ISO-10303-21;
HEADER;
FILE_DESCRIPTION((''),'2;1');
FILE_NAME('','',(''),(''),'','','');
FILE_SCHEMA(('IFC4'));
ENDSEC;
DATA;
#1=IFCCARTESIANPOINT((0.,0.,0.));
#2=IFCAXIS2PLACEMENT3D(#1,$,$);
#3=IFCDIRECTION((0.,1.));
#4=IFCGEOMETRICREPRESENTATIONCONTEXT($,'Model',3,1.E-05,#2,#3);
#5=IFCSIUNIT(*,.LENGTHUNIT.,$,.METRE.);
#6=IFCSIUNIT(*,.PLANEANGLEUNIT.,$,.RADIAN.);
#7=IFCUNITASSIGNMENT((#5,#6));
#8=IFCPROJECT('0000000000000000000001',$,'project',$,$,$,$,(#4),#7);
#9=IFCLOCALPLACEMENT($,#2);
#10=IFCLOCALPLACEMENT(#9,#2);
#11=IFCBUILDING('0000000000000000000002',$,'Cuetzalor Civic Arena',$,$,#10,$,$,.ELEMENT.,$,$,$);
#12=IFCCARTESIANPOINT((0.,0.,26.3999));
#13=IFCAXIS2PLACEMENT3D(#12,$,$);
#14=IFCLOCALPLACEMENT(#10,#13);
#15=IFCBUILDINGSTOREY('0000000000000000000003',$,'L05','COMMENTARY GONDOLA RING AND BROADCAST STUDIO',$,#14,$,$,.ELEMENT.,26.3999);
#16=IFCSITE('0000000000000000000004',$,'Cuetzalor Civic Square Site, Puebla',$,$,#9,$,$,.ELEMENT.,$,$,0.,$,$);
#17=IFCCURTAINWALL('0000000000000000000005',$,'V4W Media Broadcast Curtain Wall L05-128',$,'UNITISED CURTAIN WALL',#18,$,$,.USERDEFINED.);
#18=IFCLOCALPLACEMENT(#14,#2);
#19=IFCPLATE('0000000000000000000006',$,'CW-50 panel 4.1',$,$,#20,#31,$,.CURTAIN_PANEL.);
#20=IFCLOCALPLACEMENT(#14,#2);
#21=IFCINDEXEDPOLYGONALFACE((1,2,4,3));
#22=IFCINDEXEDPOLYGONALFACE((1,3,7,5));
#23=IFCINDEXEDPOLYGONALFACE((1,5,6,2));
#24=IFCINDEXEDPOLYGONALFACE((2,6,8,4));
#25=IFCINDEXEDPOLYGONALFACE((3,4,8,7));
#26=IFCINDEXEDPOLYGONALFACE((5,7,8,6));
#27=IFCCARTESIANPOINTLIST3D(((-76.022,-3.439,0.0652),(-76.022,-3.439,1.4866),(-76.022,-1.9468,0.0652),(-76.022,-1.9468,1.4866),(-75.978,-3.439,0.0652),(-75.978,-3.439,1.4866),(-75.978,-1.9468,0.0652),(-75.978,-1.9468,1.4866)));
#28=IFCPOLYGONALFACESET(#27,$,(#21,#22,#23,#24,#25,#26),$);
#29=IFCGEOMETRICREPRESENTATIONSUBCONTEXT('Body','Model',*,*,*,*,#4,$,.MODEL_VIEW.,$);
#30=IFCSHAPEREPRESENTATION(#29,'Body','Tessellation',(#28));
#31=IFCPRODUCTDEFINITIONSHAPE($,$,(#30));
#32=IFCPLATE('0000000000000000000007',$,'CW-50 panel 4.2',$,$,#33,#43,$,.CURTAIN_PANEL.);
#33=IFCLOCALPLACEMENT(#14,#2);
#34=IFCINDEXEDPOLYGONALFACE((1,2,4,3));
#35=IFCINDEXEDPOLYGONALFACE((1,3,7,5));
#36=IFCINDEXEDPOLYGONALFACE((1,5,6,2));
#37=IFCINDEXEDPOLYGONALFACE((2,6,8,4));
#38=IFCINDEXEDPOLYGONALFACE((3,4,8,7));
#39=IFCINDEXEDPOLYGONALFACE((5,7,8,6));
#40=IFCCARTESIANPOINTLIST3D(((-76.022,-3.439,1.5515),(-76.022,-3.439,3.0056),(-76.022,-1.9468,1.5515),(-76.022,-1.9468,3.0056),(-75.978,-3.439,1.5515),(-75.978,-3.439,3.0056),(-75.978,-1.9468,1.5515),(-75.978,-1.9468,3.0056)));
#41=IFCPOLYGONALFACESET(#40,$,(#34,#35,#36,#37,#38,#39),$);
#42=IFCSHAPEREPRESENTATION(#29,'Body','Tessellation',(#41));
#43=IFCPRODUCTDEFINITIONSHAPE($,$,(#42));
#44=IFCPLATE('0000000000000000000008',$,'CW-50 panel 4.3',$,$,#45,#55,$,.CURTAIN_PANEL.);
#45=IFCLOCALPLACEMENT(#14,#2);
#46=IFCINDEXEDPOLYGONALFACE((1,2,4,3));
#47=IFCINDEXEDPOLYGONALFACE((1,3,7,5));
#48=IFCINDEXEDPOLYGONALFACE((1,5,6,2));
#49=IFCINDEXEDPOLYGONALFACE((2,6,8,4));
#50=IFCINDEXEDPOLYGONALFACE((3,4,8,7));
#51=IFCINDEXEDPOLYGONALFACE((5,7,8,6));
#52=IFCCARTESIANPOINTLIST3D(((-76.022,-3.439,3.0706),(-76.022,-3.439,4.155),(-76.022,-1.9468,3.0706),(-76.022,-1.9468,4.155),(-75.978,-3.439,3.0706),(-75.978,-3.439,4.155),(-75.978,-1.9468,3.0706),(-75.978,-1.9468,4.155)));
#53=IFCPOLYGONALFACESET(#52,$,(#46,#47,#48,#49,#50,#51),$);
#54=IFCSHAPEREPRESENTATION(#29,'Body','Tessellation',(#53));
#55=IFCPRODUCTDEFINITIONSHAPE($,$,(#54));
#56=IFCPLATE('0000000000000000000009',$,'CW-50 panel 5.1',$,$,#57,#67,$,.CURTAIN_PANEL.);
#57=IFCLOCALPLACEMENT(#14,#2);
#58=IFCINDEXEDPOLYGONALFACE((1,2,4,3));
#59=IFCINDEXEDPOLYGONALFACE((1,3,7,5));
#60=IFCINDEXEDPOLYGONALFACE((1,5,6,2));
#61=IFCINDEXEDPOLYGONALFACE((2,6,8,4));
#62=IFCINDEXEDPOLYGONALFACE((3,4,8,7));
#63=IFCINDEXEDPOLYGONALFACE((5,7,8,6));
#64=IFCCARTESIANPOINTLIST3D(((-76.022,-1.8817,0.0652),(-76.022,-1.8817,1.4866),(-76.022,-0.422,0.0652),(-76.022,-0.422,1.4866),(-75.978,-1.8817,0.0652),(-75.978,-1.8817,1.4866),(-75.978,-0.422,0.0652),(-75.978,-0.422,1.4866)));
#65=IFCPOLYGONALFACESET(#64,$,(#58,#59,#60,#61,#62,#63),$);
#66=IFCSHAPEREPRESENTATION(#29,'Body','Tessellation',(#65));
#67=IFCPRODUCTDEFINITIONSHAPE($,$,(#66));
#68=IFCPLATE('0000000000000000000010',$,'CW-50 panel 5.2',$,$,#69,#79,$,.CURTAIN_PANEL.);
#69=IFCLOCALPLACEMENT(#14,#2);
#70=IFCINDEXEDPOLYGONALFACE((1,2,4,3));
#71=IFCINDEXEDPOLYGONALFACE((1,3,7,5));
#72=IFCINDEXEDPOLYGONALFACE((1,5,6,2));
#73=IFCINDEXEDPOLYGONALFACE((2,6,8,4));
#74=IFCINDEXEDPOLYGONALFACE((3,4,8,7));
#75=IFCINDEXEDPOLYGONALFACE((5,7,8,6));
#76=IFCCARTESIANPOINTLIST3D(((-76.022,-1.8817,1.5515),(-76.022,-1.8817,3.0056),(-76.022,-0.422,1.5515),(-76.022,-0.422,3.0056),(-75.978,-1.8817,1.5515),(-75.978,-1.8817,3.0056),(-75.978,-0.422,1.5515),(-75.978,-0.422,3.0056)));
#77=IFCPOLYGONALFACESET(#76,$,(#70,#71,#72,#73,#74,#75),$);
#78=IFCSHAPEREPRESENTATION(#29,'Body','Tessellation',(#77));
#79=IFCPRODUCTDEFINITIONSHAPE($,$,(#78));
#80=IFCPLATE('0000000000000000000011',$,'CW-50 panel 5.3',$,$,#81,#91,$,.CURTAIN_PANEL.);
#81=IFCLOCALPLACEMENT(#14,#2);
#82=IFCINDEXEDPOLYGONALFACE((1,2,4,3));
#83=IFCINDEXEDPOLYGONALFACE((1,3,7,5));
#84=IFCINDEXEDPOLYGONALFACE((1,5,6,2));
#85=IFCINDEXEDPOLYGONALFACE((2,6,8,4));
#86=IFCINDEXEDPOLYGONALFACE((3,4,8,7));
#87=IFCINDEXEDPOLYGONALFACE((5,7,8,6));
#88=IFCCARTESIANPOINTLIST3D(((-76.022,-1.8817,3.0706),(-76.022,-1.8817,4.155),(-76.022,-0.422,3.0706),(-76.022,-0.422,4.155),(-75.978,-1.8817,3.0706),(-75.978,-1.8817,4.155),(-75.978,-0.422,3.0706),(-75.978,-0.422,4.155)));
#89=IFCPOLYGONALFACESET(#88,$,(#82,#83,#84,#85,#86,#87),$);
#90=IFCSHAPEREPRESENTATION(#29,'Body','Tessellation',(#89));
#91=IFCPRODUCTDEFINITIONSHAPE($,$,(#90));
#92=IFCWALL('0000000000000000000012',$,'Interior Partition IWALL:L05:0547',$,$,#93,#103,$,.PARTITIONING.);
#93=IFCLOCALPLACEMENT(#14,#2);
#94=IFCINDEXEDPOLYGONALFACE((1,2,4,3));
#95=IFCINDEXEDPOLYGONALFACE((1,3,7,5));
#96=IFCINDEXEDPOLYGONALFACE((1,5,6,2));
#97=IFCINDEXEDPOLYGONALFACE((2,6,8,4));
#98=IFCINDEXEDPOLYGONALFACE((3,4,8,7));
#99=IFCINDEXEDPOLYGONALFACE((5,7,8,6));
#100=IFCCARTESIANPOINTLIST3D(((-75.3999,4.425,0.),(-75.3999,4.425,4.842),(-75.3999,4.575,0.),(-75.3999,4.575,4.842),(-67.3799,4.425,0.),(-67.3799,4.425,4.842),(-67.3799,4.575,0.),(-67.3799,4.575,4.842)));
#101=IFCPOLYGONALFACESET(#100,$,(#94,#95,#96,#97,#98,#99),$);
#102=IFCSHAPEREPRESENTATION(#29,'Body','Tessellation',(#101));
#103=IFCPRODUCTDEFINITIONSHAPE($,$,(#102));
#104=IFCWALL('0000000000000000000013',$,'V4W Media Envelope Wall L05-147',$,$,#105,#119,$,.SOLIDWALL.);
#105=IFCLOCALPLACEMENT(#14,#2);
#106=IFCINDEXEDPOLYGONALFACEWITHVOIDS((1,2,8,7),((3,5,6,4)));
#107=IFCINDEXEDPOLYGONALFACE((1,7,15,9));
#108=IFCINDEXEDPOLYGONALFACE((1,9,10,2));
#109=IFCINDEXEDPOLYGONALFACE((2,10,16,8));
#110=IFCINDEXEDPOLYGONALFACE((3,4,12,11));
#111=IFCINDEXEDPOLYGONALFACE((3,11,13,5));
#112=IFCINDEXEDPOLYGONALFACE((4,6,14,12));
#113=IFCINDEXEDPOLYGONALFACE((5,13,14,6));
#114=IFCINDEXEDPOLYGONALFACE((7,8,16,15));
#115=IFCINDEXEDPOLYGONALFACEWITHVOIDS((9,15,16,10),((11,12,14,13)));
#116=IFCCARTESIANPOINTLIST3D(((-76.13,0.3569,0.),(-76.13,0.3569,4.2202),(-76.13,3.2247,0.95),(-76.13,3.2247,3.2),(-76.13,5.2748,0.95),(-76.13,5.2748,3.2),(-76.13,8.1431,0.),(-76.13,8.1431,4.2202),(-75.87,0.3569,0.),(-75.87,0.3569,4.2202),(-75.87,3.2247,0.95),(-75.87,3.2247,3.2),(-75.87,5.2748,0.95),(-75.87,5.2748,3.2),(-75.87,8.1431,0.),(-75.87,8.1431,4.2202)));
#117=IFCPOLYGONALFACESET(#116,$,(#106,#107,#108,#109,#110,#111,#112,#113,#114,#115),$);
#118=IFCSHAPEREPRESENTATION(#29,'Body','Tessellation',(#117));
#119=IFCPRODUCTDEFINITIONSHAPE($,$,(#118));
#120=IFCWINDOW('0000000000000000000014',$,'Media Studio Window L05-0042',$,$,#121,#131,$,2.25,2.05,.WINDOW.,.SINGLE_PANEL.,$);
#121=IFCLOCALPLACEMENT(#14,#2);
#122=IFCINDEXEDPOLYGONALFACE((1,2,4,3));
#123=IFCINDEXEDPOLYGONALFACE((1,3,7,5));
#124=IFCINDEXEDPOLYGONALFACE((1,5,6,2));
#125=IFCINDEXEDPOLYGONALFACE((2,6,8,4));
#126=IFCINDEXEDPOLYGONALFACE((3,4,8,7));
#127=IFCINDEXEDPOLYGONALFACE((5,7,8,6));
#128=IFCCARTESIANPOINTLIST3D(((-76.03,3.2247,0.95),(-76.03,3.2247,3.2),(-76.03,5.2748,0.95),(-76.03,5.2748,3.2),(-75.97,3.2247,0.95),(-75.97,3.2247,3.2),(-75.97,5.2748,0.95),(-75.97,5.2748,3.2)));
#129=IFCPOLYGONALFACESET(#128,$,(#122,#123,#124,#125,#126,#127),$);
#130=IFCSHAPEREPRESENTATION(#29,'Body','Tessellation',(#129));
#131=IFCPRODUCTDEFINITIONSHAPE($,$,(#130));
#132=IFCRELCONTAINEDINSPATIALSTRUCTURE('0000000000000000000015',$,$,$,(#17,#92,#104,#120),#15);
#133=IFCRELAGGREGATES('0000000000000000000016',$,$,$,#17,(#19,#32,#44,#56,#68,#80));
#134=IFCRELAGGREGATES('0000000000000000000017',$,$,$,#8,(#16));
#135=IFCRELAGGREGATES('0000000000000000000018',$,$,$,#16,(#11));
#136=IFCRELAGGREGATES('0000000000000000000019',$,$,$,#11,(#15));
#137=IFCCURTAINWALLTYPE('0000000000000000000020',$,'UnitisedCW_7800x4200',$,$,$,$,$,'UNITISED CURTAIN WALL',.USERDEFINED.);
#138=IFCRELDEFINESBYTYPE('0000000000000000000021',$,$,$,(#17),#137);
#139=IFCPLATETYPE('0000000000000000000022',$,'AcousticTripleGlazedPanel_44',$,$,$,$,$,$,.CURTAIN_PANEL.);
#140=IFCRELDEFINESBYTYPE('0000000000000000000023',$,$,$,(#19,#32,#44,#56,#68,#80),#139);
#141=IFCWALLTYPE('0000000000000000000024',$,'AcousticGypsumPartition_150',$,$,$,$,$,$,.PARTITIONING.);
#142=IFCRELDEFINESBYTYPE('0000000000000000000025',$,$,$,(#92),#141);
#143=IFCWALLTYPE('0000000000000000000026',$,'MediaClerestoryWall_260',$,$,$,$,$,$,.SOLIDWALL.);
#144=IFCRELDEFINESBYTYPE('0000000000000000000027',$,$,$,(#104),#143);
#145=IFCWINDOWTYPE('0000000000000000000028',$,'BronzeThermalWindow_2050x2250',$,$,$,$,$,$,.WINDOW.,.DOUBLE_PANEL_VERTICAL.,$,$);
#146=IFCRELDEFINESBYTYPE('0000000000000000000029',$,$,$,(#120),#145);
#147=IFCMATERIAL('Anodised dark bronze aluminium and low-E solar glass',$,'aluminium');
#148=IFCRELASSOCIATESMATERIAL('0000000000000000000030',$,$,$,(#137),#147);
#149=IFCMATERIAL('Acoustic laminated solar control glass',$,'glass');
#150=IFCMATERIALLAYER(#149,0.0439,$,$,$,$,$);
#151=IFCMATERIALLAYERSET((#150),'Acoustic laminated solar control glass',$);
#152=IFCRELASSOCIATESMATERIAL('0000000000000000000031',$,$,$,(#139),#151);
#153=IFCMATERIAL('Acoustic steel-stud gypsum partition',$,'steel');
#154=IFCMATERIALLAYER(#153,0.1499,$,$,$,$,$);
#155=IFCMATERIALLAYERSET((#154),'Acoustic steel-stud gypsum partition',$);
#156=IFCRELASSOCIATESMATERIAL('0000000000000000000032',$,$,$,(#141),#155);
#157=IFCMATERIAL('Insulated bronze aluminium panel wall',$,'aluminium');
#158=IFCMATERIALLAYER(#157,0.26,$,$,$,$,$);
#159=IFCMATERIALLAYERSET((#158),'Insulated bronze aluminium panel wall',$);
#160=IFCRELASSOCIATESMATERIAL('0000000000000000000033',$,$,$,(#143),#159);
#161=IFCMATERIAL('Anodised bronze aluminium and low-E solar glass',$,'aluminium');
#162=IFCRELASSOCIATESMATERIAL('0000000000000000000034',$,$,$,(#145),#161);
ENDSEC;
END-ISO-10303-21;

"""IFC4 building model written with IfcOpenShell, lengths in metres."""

from ifc_helpers import new_model, si_unit, direction, frame, frame_2d, origin, origin_2d, place, context, subcontext, project, spatial, rectangle, extrude, material, layer, layer_set, type_object, element, fill, aggregate, save


model = new_model("IFC4")

# Units and contexts
model_context = context("Model", 3, precision=1e-05, world=origin(), true_north=direction((0.0, 1.0)))
body_context = subcontext(model_context, "Body", "Model", "MODEL_VIEW")
ifc_project = project(units=[si_unit("LENGTHUNIT", "METRE"), si_unit("PLANEANGLEUNIT", "RADIAN")], contexts=[model_context])

# Site, building, storey
site_placement = place(None, origin())
site = spatial("IfcSite", under=ifc_project, at=site_placement, Name="Cuetzalor Civic Square Site, Puebla", CompositionType="ELEMENT", RefElevation=0.0)
building_placement = place(site_placement, origin())
building = spatial("IfcBuilding", under=site, at=building_placement, Name="Cuetzalor Civic Arena", CompositionType="ELEMENT")
storey_placement = place(building_placement, frame((0.0, 0.0, 26.3999)))
storey = spatial("IfcBuildingStorey", under=building, at=storey_placement, Name="L05", Description="COMMENTARY GONDOLA RING AND BROADCAST STUDIO", CompositionType="ELEMENT", Elevation=26.3999)

# Curtain wall
ifc_material_1 = material(Name="Anodised dark bronze aluminium and low-E solar glass", Category="aluminium")
curtain_wall_type = type_object("IfcCurtainWallType", Name="UnitisedCW_7800x4200", ElementType="UNITISED CURTAIN WALL", PredefinedType="USERDEFINED", material=ifc_material_1)
curtain_wall_placement = place(storey_placement, origin())
curtain_wall = element("IfcCurtainWall", 1, at=curtain_wall_placement, inside=storey, type_object=curtain_wall_type, Name="V4W Media Broadcast Curtain Wall L05-128", ObjectType="UNITISED CURTAIN WALL", PredefinedType="USERDEFINED")

# Plates
ifc_material_2 = material(Name="Acoustic laminated solar control glass", Category="glass")
ifc_layer_1 = layer(ifc_material_2, 0.0439)
ifc_layer_set_1 = layer_set([ifc_layer_1], Name="Acoustic laminated solar control glass")
plate_type = type_object("IfcPlateType", Name="AcousticTripleGlazedPanel_44", PredefinedType="CURTAIN_PANEL", material=ifc_layer_set_1)
plate_1_placement = place(storey_placement, frame((-76.0, -2.6929, 0.0652), z_axis=(0.0, 0.0, 1.0), x_axis=(0.0, 1.0, 0.0)))
plate_1 = element("IfcPlate", 2, at=plate_1_placement, type_object=plate_type, Name="CW-50 panel 4.1", PredefinedType="CURTAIN_PANEL", context=body_context, shape_type="SweptSolid", body=[
    extrude(rectangle(XDim=1.4922, YDim=0.0439, at=origin_2d()), origin(), (0.0, 0.0, 1.0), 1.4214),
])
plate_2_placement = place(storey_placement, frame((-76.0, -2.6929, 1.5515), z_axis=(0.0, 0.0, 1.0), x_axis=(0.0, 1.0, 0.0)))
plate_2 = element("IfcPlate", 3, at=plate_2_placement, type_object=plate_type, Name="CW-50 panel 4.2", PredefinedType="CURTAIN_PANEL", context=body_context, shape_type="SweptSolid", body=[
    extrude(rectangle(XDim=1.4922, YDim=0.0439, at=origin_2d()), origin(), (0.0, 0.0, 1.0), 1.4541),
])
plate_3_placement = place(storey_placement, frame((-76.0, -2.6929, 3.0706), z_axis=(0.0, 0.0, 1.0), x_axis=(0.0, 1.0, 0.0)))
plate_3 = element("IfcPlate", 4, at=plate_3_placement, type_object=plate_type, Name="CW-50 panel 4.3", PredefinedType="CURTAIN_PANEL", context=body_context, shape_type="SweptSolid", body=[
    extrude(rectangle(XDim=1.4922, YDim=0.0439, at=origin_2d()), origin(), (0.0, 0.0, 1.0), 1.0845),
])
plate_4_placement = place(storey_placement, frame((-76.0, -1.1519, 0.0652), z_axis=(0.0, 0.0, 1.0), x_axis=(0.0, 1.0, 0.0)))
plate_4 = element("IfcPlate", 5, at=plate_4_placement, type_object=plate_type, Name="CW-50 panel 5.1", PredefinedType="CURTAIN_PANEL", context=body_context, shape_type="SweptSolid", body=[
    extrude(rectangle(XDim=1.4597, YDim=0.0439, at=origin_2d()), origin(), (0.0, 0.0, 1.0), 1.4214),
])
plate_5_placement = place(storey_placement, frame((-76.0, -1.1519, 1.5515), z_axis=(0.0, 0.0, 1.0), x_axis=(0.0, 1.0, 0.0)))
plate_5 = element("IfcPlate", 6, at=plate_5_placement, type_object=plate_type, Name="CW-50 panel 5.2", PredefinedType="CURTAIN_PANEL", context=body_context, shape_type="SweptSolid", body=[
    extrude(rectangle(XDim=1.4597, YDim=0.0439, at=origin_2d()), origin(), (0.0, 0.0, 1.0), 1.4541),
])
plate_6_placement = place(storey_placement, frame((-76.0, -1.1519, 3.0706), z_axis=(0.0, 0.0, 1.0), x_axis=(0.0, 1.0, 0.0)))
plate_6 = element("IfcPlate", 7, at=plate_6_placement, type_object=plate_type, Name="CW-50 panel 5.3", PredefinedType="CURTAIN_PANEL", context=body_context, shape_type="SweptSolid", body=[
    extrude(rectangle(XDim=1.4597, YDim=0.0439, at=origin_2d()), origin(), (0.0, 0.0, 1.0), 1.0845),
])
aggregate(curtain_wall, [plate_1, plate_2, plate_3, plate_4, plate_5, plate_6])

# Wall
ifc_material_3 = material(Name="Acoustic steel-stud gypsum partition", Category="steel")
ifc_layer_2 = layer(ifc_material_3, 0.1499)
ifc_layer_set_2 = layer_set([ifc_layer_2], Name="Acoustic steel-stud gypsum partition")
wall_type_1 = type_object("IfcWallType", Name="AcousticGypsumPartition_150", PredefinedType="PARTITIONING", material=ifc_layer_set_2)
wall_1_placement = place(storey_placement, frame((-75.3999, 4.5, 0.0), z_axis=(0.0, 0.0, 1.0), x_axis=(1.0, 0.0, 0.0)))
element("IfcWall", 8, at=wall_1_placement, inside=storey, type_object=wall_type_1, Name="Interior Partition IWALL:L05:0547", PredefinedType="PARTITIONING", context=body_context, shape_type="SweptSolid", body=[
    extrude(rectangle(XDim=8.02, YDim=0.1499, at=frame_2d((4.01, 0.0))), origin(), (0.0, 0.0, 1.0), 4.842),
])

# Wall, opening, window
ifc_material_4 = material(Name="Insulated bronze aluminium panel wall", Category="aluminium")
ifc_layer_3 = layer(ifc_material_4, 0.26)
ifc_layer_set_3 = layer_set([ifc_layer_3], Name="Insulated bronze aluminium panel wall")
wall_type_2 = type_object("IfcWallType", Name="MediaClerestoryWall_260", PredefinedType="SOLIDWALL", material=ifc_layer_set_3)
wall_2_placement = place(storey_placement, frame((-76.0, 0.3569, 0.0), z_axis=(0.0, 0.0, 1.0), x_axis=(0.0, 1.0, 0.0)))
wall_2 = element("IfcWall", 9, at=wall_2_placement, inside=storey, type_object=wall_type_2, Name="V4W Media Envelope Wall L05-147", PredefinedType="SOLIDWALL", context=body_context, shape_type="SweptSolid", body=[
    extrude(rectangle(XDim=7.7861, YDim=0.26, at=frame_2d((3.8931, 0.0))), origin(), (0.0, 0.0, 1.0), 4.2202),
])
opening_placement = place(wall_2_placement, frame((2.8679, 0.0, 0.95)))
opening = element("IfcOpeningElement", 10, at=opening_placement, cuts=wall_2, PredefinedType="OPENING", context=body_context, shape_type="SweptSolid", body=[
    extrude(rectangle(XDim=2.05, YDim=2.25, at=frame_2d((1.0249, 1.125))), frame((0.0, 0.1401, 0.0), z_axis=(0.0, -1.0, 0.0), x_axis=(1.0, 0.0, 0.0)), (0.0, 0.0, 1.0), 0.28),
])
ifc_material_5 = material(Name="Anodised bronze aluminium and low-E solar glass", Category="aluminium")
window_type = type_object("IfcWindowType", Name="BronzeThermalWindow_2050x2250", PartitioningType="DOUBLE_PANEL_VERTICAL", PredefinedType="WINDOW", material=ifc_material_5)
window_placement = place(opening_placement, origin())
window = element("IfcWindow", 11, at=window_placement, inside=storey, type_object=window_type, Name="Media Studio Window L05-0042", OverallHeight=2.25, OverallWidth=2.05, PartitioningType="SINGLE_PANEL", PredefinedType="WINDOW", context=body_context, shape_type="SweptSolid", body=[
    extrude(rectangle(XDim=2.05, YDim=2.25, at=frame_2d((1.0249, 1.125))), frame((0.0, 0.03, 0.0), z_axis=(0.0, -1.0, 0.0), x_axis=(1.0, 0.0, 0.0)), (0.0, 0.0, 1.0), 0.0601),
])
fill(opening, window)

save(model, "model.ifc")
